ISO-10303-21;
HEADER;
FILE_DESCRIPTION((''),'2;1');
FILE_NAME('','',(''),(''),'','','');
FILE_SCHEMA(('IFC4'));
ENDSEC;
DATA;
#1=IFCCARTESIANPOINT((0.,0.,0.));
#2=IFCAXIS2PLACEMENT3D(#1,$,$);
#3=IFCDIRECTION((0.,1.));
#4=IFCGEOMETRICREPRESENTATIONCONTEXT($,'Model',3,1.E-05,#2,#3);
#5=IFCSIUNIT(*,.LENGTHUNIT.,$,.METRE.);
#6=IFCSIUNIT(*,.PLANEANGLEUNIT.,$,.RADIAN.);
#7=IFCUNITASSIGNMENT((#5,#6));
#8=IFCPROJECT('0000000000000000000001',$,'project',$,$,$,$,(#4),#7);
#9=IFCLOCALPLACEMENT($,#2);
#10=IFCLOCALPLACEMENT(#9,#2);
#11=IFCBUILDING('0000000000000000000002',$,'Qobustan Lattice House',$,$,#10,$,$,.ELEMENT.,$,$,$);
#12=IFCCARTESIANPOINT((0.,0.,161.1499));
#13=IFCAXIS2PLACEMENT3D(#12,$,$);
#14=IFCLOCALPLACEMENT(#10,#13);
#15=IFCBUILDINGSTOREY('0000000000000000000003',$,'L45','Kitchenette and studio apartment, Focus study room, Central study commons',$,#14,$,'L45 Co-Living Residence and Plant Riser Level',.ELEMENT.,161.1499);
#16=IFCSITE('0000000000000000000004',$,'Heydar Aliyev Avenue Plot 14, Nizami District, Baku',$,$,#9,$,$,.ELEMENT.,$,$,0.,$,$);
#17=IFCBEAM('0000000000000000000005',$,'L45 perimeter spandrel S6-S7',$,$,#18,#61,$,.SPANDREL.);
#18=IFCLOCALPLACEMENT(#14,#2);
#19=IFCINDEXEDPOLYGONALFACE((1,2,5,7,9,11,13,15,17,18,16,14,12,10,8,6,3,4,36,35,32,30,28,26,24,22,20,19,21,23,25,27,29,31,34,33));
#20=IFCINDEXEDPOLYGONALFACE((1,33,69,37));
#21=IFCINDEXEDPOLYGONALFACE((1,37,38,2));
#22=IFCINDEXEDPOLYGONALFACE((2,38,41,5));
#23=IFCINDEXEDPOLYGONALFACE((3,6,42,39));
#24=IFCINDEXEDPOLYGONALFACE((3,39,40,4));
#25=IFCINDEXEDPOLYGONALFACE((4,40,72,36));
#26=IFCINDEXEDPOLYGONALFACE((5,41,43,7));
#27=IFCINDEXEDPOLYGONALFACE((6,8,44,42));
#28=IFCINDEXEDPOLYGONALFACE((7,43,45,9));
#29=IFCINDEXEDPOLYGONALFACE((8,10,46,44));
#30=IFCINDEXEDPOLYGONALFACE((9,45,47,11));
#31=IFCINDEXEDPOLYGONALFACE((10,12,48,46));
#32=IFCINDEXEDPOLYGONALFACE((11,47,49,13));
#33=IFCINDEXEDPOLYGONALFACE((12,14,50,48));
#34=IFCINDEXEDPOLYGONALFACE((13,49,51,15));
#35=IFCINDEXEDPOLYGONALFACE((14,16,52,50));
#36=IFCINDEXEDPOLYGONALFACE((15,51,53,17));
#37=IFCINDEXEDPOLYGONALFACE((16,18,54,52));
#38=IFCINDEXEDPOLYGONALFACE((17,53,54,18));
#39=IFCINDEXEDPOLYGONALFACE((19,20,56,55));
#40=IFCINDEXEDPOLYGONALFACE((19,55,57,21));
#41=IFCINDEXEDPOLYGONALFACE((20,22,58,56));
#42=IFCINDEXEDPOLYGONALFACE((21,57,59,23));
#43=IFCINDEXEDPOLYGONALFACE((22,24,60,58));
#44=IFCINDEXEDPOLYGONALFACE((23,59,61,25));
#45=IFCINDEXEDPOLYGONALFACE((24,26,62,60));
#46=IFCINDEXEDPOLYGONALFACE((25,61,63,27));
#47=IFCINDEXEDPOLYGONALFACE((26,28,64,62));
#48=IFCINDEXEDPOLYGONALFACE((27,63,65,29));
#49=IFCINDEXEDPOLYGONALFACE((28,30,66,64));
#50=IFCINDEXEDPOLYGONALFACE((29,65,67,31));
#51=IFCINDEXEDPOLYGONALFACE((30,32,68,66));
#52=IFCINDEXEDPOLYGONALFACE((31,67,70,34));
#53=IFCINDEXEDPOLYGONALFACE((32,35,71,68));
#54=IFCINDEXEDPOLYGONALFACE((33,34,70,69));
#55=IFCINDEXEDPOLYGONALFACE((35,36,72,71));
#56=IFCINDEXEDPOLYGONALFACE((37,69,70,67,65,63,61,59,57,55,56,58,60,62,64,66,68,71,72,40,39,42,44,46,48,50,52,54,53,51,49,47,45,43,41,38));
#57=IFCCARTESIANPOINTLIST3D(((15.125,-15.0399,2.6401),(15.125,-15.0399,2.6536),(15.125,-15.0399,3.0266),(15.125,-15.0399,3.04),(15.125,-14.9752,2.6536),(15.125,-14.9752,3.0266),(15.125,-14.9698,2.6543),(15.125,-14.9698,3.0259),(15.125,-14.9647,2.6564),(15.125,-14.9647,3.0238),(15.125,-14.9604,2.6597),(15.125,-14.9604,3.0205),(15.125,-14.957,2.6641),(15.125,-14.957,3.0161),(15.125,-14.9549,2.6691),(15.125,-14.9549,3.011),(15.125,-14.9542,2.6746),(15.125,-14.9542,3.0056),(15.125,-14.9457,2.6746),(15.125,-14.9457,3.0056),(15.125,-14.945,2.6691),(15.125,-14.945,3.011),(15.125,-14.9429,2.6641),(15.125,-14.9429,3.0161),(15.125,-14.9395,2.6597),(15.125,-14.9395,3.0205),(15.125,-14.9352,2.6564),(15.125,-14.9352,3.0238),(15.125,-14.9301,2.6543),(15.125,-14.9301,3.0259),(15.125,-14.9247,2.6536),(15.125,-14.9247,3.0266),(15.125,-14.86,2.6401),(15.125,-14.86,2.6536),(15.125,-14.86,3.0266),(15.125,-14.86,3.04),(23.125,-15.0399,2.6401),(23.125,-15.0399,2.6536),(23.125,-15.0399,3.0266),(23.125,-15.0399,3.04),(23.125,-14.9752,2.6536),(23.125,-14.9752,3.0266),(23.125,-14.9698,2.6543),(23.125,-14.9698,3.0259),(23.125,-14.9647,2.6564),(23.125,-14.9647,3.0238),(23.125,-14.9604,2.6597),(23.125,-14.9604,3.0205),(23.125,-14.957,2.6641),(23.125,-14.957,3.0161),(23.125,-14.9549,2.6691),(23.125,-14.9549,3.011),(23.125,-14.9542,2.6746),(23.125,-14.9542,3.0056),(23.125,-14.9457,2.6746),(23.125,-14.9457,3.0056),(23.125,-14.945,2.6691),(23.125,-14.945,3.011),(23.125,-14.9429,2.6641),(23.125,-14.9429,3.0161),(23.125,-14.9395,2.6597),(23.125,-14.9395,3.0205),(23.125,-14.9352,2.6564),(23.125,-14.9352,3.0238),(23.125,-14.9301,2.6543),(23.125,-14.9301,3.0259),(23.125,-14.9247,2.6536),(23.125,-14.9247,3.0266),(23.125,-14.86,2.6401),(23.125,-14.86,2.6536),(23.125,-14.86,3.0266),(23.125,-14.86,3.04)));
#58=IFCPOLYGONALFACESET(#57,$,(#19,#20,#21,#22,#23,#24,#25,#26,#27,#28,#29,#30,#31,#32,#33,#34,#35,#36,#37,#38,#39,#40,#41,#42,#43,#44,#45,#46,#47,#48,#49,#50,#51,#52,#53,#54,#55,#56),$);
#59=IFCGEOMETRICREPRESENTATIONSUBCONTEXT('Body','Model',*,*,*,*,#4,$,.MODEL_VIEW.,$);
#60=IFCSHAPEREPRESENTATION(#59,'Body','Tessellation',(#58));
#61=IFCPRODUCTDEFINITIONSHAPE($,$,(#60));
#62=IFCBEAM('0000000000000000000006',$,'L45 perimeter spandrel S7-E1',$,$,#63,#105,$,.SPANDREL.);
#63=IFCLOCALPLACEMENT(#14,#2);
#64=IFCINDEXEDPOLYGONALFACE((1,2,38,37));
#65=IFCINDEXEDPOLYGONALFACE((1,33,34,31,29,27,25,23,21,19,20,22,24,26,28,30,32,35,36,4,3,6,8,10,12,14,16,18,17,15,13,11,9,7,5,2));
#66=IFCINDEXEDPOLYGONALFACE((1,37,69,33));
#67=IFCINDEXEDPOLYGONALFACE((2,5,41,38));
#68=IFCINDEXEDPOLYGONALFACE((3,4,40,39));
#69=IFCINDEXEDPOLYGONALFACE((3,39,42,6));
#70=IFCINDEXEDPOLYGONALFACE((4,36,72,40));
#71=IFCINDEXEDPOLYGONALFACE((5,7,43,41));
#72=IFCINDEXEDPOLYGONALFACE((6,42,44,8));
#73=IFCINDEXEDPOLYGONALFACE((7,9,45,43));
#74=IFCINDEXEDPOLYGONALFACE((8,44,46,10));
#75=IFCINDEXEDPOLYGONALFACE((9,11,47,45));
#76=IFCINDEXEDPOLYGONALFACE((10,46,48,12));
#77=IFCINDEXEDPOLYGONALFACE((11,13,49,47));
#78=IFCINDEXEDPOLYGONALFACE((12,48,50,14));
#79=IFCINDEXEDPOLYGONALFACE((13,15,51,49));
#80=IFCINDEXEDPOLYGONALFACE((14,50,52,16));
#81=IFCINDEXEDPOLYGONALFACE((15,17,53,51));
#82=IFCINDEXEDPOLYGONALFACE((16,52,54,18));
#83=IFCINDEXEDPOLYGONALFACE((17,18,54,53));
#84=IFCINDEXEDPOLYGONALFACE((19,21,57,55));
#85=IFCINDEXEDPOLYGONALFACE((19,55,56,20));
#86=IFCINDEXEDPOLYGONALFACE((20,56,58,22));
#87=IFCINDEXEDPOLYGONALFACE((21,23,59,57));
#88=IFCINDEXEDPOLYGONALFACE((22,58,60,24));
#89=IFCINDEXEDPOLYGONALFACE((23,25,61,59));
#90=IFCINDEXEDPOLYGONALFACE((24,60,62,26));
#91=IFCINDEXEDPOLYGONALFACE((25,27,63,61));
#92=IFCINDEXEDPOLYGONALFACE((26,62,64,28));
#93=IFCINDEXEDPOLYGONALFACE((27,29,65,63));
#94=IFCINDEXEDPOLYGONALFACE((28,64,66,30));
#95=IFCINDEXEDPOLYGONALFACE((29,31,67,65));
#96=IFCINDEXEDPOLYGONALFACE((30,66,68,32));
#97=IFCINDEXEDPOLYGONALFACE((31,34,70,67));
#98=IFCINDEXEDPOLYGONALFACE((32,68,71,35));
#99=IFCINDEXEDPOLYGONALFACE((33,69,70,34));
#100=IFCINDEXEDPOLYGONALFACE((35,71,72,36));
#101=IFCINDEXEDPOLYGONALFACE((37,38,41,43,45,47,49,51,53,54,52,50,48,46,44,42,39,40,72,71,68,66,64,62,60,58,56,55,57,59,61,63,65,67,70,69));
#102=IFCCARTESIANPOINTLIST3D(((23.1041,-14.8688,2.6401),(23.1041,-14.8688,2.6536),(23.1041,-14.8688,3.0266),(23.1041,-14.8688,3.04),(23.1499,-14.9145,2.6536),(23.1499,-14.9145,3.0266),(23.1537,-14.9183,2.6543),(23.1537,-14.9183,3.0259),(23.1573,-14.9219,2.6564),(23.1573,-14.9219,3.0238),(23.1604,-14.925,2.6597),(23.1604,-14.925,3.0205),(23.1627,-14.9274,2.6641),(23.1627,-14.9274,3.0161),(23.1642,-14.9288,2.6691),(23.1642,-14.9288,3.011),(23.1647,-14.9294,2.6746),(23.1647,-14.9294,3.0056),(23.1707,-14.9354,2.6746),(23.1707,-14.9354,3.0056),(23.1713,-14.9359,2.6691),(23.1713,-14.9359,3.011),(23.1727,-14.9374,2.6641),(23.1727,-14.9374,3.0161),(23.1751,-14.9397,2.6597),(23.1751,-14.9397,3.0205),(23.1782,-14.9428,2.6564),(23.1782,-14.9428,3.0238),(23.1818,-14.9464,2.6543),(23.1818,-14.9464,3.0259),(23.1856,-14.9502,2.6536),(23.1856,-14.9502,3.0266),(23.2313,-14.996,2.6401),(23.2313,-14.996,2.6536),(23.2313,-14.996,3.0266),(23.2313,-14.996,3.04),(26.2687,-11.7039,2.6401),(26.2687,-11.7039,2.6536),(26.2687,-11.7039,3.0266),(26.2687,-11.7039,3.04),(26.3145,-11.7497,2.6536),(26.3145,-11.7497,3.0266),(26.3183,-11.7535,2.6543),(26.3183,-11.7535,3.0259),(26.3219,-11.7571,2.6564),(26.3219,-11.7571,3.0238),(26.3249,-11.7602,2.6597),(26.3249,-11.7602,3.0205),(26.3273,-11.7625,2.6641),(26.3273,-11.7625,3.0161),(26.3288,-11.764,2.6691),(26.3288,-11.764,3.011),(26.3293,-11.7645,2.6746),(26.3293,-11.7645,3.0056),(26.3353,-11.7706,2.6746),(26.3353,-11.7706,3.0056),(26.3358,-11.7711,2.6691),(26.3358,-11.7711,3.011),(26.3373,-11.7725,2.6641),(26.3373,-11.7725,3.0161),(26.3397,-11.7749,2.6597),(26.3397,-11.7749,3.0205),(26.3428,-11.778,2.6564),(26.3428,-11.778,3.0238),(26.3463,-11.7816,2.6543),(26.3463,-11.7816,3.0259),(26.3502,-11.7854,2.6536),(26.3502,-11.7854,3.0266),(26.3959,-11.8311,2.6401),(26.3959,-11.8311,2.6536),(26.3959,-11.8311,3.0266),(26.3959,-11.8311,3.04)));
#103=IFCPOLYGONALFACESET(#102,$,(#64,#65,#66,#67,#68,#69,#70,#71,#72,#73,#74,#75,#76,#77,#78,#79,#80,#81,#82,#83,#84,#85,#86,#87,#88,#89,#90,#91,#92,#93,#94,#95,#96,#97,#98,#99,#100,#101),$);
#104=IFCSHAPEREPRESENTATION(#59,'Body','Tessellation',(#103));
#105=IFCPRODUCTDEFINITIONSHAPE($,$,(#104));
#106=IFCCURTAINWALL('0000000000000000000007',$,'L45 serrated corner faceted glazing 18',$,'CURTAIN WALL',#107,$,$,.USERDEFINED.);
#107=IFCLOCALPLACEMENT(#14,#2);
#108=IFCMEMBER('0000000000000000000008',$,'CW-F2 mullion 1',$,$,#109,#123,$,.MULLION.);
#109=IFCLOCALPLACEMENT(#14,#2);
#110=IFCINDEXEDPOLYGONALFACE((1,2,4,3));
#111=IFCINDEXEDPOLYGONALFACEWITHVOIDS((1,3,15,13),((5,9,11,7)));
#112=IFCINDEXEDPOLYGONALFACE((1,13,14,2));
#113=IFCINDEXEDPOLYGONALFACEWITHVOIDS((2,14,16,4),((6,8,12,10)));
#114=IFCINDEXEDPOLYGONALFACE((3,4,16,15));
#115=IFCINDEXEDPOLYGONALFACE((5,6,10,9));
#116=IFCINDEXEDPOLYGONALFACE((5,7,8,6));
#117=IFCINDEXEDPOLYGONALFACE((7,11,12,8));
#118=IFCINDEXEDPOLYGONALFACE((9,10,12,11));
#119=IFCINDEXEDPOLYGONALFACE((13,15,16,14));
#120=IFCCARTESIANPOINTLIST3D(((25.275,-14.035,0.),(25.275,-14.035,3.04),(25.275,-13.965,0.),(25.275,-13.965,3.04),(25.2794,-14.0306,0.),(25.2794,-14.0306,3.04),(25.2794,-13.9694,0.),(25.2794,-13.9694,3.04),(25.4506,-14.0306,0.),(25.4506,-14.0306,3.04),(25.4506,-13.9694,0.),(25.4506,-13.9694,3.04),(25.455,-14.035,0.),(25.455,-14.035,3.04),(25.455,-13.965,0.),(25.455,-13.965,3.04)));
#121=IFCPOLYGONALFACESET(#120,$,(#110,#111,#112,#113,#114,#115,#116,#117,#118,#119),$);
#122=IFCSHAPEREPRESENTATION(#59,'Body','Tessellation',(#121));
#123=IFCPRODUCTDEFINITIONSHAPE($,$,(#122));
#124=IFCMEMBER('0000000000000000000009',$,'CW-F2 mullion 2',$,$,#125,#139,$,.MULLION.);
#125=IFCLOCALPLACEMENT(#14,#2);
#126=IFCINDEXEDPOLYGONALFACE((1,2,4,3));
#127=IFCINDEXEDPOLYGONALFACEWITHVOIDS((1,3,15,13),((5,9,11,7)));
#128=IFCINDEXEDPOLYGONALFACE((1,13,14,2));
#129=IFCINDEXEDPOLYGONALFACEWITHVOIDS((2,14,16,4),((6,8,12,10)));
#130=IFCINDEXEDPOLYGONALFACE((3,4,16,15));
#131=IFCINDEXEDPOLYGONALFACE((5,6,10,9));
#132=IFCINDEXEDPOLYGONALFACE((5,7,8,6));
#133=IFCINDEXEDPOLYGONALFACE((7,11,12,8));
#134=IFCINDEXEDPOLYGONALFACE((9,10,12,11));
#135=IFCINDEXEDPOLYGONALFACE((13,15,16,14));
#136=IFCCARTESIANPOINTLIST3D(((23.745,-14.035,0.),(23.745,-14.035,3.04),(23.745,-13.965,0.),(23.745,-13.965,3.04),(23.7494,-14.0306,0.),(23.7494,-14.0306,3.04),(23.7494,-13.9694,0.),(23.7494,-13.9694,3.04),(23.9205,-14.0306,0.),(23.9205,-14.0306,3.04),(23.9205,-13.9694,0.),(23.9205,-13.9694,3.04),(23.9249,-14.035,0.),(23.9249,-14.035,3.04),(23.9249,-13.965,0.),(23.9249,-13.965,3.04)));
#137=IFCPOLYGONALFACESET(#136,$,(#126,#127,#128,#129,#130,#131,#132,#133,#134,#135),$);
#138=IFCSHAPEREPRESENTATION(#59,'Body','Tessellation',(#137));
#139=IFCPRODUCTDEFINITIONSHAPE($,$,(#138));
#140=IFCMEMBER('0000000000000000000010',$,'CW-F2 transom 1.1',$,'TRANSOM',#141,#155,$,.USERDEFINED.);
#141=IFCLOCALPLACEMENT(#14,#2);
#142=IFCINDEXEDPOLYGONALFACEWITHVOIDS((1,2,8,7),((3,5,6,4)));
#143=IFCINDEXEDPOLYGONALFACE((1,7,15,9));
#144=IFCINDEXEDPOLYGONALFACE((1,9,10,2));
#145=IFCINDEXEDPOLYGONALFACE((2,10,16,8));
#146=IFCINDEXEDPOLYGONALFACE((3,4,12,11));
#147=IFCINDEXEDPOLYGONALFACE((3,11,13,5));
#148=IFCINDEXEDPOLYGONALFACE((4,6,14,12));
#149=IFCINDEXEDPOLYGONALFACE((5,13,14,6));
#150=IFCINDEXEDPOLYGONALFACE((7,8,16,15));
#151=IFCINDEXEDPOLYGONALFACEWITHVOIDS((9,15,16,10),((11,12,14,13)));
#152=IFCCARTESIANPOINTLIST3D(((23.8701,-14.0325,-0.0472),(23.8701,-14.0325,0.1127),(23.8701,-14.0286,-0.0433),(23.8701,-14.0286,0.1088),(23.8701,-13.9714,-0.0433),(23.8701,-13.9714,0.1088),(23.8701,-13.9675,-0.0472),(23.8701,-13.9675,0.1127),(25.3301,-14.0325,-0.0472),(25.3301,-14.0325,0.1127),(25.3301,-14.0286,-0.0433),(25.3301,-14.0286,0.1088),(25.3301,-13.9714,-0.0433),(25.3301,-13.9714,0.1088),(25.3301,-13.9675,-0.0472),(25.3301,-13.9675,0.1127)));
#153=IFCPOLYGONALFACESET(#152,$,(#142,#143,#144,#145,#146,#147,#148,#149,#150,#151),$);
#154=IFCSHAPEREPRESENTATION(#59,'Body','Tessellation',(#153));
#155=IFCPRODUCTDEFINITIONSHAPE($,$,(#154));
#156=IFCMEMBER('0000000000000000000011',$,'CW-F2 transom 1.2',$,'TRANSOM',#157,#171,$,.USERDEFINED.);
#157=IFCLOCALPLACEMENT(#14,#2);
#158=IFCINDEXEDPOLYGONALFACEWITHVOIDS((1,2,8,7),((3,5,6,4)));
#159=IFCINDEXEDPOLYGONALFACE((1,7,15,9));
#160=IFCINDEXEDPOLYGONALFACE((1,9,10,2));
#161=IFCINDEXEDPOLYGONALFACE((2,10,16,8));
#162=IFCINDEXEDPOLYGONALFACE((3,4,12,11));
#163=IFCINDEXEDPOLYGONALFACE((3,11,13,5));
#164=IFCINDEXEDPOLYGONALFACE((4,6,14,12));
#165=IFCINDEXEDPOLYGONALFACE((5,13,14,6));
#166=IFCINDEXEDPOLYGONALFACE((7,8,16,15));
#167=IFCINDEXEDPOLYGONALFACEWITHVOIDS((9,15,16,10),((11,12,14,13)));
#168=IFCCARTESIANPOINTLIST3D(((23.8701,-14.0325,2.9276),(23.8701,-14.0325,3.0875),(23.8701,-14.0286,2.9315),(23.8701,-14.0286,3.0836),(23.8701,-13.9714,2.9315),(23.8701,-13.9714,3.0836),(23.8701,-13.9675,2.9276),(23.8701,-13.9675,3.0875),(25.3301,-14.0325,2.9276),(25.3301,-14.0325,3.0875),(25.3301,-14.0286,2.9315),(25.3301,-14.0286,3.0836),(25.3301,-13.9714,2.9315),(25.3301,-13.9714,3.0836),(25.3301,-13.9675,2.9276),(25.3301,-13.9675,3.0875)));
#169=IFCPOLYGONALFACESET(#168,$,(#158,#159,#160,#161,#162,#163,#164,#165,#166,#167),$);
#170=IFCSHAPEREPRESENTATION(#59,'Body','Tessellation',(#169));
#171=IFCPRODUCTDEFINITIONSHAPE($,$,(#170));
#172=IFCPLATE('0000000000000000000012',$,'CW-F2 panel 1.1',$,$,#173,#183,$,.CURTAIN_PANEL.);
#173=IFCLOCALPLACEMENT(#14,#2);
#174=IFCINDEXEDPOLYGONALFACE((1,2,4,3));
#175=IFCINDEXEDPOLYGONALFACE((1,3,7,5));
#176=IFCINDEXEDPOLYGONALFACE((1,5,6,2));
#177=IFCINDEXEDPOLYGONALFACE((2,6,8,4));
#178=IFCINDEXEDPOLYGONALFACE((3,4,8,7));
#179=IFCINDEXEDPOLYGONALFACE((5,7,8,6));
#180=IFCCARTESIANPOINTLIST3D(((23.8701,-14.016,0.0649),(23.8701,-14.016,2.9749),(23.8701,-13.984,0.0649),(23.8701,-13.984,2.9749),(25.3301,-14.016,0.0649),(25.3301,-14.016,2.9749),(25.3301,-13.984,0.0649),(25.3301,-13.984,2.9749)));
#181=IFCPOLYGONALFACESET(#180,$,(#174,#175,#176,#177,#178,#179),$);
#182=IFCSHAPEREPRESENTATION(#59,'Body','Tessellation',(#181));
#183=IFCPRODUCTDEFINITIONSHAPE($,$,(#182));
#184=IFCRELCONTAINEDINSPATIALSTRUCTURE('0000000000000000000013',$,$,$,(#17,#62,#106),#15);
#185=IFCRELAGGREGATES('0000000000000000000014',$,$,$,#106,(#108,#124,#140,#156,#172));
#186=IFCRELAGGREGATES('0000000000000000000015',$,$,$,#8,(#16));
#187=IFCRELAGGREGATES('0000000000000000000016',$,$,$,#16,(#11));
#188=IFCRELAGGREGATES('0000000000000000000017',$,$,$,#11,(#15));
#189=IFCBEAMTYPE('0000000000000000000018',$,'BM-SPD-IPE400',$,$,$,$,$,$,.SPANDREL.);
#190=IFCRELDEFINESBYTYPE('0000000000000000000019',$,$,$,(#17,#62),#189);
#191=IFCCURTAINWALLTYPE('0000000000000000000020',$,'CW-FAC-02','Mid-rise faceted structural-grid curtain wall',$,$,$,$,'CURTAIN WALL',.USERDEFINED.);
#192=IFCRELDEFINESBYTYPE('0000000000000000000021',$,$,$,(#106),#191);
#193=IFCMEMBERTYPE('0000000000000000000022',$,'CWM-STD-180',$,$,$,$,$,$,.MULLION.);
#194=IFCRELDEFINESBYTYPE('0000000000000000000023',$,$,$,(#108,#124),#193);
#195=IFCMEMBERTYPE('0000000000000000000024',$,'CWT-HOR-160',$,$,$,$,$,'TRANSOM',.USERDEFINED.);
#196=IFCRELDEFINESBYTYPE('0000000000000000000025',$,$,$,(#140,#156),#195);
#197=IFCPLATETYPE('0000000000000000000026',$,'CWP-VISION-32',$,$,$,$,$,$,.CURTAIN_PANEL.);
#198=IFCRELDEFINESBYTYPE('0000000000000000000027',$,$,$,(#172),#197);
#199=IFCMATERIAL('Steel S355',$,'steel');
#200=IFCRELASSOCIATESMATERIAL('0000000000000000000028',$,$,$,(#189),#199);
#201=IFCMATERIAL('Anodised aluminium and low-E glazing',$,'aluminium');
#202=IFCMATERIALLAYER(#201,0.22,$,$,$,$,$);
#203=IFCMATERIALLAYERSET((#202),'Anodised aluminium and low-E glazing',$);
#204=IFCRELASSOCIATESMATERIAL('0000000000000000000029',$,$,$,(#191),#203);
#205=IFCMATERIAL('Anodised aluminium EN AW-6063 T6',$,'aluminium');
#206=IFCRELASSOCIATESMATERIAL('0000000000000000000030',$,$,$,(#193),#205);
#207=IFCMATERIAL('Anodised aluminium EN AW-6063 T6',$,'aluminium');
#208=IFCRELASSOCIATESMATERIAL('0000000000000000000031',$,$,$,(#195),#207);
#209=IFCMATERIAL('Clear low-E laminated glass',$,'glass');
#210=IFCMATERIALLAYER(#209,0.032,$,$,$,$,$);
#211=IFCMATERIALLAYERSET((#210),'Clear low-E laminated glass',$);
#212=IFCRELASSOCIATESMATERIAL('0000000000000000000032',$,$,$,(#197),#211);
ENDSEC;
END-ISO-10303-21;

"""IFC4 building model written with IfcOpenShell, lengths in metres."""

from ifc_helpers import new_model, si_unit, direction, frame, origin, origin_2d, place, context, subcontext, project, spatial, rectangle, hollow_rectangle, i_section, extrude, material, layer, layer_set, material_profile, profile_set, type_object, element, aggregate, save


model = new_model("IFC4")

# Units and contexts
model_context = context("Model", 3, precision=1e-05, world=origin(), true_north=direction((0.0, 1.0)))
body_context = subcontext(model_context, "Body", "Model", "MODEL_VIEW")
ifc_project = project(units=[si_unit("LENGTHUNIT", "METRE"), si_unit("PLANEANGLEUNIT", "RADIAN")], contexts=[model_context])

# Site, building, storey
site_placement = place(None, origin())
site = spatial("IfcSite", under=ifc_project, at=site_placement, Name="Heydar Aliyev Avenue Plot 14, Nizami District, Baku", CompositionType="ELEMENT", RefElevation=0.0)
building_placement = place(site_placement, origin())
building = spatial("IfcBuilding", under=site, at=building_placement, Name="Qobustan Lattice House", CompositionType="ELEMENT")
storey_placement = place(building_placement, frame((0.0, 0.0, 161.1499)))
storey = spatial("IfcBuildingStorey", under=building, at=storey_placement, Name="L45", Description="Kitchenette and studio apartment, Focus study room, Central study commons", LongName="L45 Co-Living Residence and Plant Riser Level", CompositionType="ELEMENT", Elevation=161.1499)

# Beams
ifc_material_1 = material(Name="Steel S355", Category="steel")
ifc_material_profile_1 = material_profile(ifc_material_1, i_section(OverallWidth=0.1799, OverallDepth=0.3999, WebThickness=0.0085, FlangeThickness=0.0134, FilletRadius=0.021, at=origin_2d()), Name="IPE400")
ifc_profile_set_1 = profile_set([ifc_material_profile_1], Name="Steel S355")
beam_type_1 = type_object("IfcBeamType", Name="BM-SPD-IPE400", PredefinedType="SPANDREL", material=ifc_profile_set_1)
beam_1_placement = place(storey_placement, frame((15.125, -14.95, 2.8401), z_axis=(1.0, 0.0, 0.0), x_axis=(0.0, 1.0, 0.0)))
element("IfcBeam", 1, at=beam_1_placement, inside=storey, type_object=beam_type_1, Name="L45 perimeter spandrel S6-S7", PredefinedType="SPANDREL", context=body_context, shape_type="SweptSolid", body=[
    extrude(i_section(OverallWidth=0.1799, OverallDepth=0.3999, WebThickness=0.0085, FlangeThickness=0.0134, FilletRadius=0.021, at=origin_2d()), origin(), (0.0, 0.0, 1.0), 8.0),
])
beam_2_placement = place(storey_placement, frame((23.1677, -14.9324, 2.8401), z_axis=(0.70708, 0.707134, 0.0), x_axis=(-0.707134, 0.70708, 0.0)))
element("IfcBeam", 2, at=beam_2_placement, inside=storey, type_object=beam_type_1, Name="L45 perimeter spandrel S7-E1", PredefinedType="SPANDREL", context=body_context, shape_type="SweptSolid", body=[
    extrude(i_section(OverallWidth=0.1799, OverallDepth=0.3999, WebThickness=0.0085, FlangeThickness=0.0134, FilletRadius=0.021, at=origin_2d()), origin(), (0.0, 0.0, 1.0), 4.4756),
])

# Curtain wall, members, plate
ifc_material_2 = material(Name="Anodised aluminium and low-E glazing", Category="aluminium")
ifc_layer_1 = layer(ifc_material_2, 0.22)
ifc_layer_set_1 = layer_set([ifc_layer_1], Name="Anodised aluminium and low-E glazing")
curtain_wall_type = type_object("IfcCurtainWallType", Name="CW-FAC-02", Description="Mid-rise faceted structural-grid curtain wall", ElementType="CURTAIN WALL", PredefinedType="USERDEFINED", material=ifc_layer_set_1)
curtain_wall_placement = place(storey_placement, origin())
curtain_wall = element("IfcCurtainWall", 3, at=curtain_wall_placement, inside=storey, type_object=curtain_wall_type, Name="L45 serrated corner faceted glazing 18", ObjectType="CURTAIN WALL", PredefinedType="USERDEFINED")
ifc_material_3 = material(Name="Anodised aluminium EN AW-6063 T6", Category="aluminium")
ifc_material_profile_2 = material_profile(ifc_material_3, hollow_rectangle(XDim=0.0701, YDim=0.1799, WallThickness=0.0044, at=origin_2d()), Name="CWM-180x70")
ifc_profile_set_2 = profile_set([ifc_material_profile_2], Name="Anodised aluminium EN AW-6063 T6")
member_type_1 = type_object("IfcMemberType", Name="CWM-STD-180", PredefinedType="MULLION", material=ifc_profile_set_2)
member_1_placement = place(storey_placement, frame((25.365, -14.0, 0.0), z_axis=(0.0, 0.0, 1.0), x_axis=(0.0, -1.0, 0.0)))
member_1 = element("IfcMember", 4, at=member_1_placement, type_object=member_type_1, Name="CW-F2 mullion 1", PredefinedType="MULLION", context=body_context, shape_type="SweptSolid", body=[
    extrude(hollow_rectangle(XDim=0.0701, YDim=0.1799, WallThickness=0.0044, at=origin_2d()), origin(), (0.0, 0.0, 1.0), 3.04),
])
member_2_placement = place(storey_placement, frame((23.835, -14.0, 0.0), z_axis=(0.0, 0.0, 1.0), x_axis=(0.0, -1.0, 0.0)))
member_2 = element("IfcMember", 5, at=member_2_placement, type_object=member_type_1, Name="CW-F2 mullion 2", PredefinedType="MULLION", context=body_context, shape_type="SweptSolid", body=[
    extrude(hollow_rectangle(XDim=0.0701, YDim=0.1799, WallThickness=0.0044, at=origin_2d()), origin(), (0.0, 0.0, 1.0), 3.04),
])
ifc_material_4 = material(Name="Anodised aluminium EN AW-6063 T6", Category="aluminium")
ifc_material_profile_3 = material_profile(ifc_material_4, hollow_rectangle(XDim=0.0649, YDim=0.1599, WallThickness=0.0039, at=origin_2d()), Name="CWT-160x65")
ifc_profile_set_3 = profile_set([ifc_material_profile_3], Name="Anodised aluminium EN AW-6063 T6")
member_type_2 = type_object("IfcMemberType", Name="CWT-HOR-160", ElementType="TRANSOM", PredefinedType="USERDEFINED", material=ifc_profile_set_3)
member_3_placement = place(storey_placement, frame((25.3301, -14.0, 0.0327), z_axis=(-1.0, 0.0, 0.0), x_axis=(0.0, -1.0, 0.0)))
member_3 = element("IfcMember", 6, at=member_3_placement, type_object=member_type_2, Name="CW-F2 transom 1.1", ObjectType="TRANSOM", PredefinedType="USERDEFINED", context=body_context, shape_type="SweptSolid", body=[
    extrude(hollow_rectangle(XDim=0.0649, YDim=0.1599, WallThickness=0.0039, at=origin_2d()), origin(), (0.0, 0.0, 1.0), 1.46),
])
member_4_placement = place(storey_placement, frame((25.3301, -14.0, 3.0076), z_axis=(-1.0, 0.0, 0.0), x_axis=(0.0, -1.0, 0.0)))
member_4 = element("IfcMember", 7, at=member_4_placement, type_object=member_type_2, Name="CW-F2 transom 1.2", ObjectType="TRANSOM", PredefinedType="USERDEFINED", context=body_context, shape_type="SweptSolid", body=[
    extrude(hollow_rectangle(XDim=0.0649, YDim=0.1599, WallThickness=0.0039, at=origin_2d()), origin(), (0.0, 0.0, 1.0), 1.46),
])
ifc_material_5 = material(Name="Clear low-E laminated glass", Category="glass")
ifc_layer_2 = layer(ifc_material_5, 0.032)
ifc_layer_set_2 = layer_set([ifc_layer_2], Name="Clear low-E laminated glass")
plate_type_1 = type_object("IfcPlateType", Name="CWP-VISION-32", PredefinedType="CURTAIN_PANEL", material=ifc_layer_set_2)
plate_1_placement = place(storey_placement, frame((24.6001, -14.0, 0.0649), z_axis=(0.0, 0.0, 1.0), x_axis=(-1.0, 0.0, 0.0)))
plate_1 = element("IfcPlate", 8, at=plate_1_placement, type_object=plate_type_1, Name="CW-F2 panel 1.1", PredefinedType="CURTAIN_PANEL", context=body_context, shape_type="SweptSolid", body=[
    extrude(rectangle(XDim=1.46, YDim=0.032, at=origin_2d()), origin(), (0.0, 0.0, 1.0), 2.9099),
])
aggregate(curtain_wall, [member_1, member_2, member_3, member_4, plate_1])

save(model, "model.ifc")
